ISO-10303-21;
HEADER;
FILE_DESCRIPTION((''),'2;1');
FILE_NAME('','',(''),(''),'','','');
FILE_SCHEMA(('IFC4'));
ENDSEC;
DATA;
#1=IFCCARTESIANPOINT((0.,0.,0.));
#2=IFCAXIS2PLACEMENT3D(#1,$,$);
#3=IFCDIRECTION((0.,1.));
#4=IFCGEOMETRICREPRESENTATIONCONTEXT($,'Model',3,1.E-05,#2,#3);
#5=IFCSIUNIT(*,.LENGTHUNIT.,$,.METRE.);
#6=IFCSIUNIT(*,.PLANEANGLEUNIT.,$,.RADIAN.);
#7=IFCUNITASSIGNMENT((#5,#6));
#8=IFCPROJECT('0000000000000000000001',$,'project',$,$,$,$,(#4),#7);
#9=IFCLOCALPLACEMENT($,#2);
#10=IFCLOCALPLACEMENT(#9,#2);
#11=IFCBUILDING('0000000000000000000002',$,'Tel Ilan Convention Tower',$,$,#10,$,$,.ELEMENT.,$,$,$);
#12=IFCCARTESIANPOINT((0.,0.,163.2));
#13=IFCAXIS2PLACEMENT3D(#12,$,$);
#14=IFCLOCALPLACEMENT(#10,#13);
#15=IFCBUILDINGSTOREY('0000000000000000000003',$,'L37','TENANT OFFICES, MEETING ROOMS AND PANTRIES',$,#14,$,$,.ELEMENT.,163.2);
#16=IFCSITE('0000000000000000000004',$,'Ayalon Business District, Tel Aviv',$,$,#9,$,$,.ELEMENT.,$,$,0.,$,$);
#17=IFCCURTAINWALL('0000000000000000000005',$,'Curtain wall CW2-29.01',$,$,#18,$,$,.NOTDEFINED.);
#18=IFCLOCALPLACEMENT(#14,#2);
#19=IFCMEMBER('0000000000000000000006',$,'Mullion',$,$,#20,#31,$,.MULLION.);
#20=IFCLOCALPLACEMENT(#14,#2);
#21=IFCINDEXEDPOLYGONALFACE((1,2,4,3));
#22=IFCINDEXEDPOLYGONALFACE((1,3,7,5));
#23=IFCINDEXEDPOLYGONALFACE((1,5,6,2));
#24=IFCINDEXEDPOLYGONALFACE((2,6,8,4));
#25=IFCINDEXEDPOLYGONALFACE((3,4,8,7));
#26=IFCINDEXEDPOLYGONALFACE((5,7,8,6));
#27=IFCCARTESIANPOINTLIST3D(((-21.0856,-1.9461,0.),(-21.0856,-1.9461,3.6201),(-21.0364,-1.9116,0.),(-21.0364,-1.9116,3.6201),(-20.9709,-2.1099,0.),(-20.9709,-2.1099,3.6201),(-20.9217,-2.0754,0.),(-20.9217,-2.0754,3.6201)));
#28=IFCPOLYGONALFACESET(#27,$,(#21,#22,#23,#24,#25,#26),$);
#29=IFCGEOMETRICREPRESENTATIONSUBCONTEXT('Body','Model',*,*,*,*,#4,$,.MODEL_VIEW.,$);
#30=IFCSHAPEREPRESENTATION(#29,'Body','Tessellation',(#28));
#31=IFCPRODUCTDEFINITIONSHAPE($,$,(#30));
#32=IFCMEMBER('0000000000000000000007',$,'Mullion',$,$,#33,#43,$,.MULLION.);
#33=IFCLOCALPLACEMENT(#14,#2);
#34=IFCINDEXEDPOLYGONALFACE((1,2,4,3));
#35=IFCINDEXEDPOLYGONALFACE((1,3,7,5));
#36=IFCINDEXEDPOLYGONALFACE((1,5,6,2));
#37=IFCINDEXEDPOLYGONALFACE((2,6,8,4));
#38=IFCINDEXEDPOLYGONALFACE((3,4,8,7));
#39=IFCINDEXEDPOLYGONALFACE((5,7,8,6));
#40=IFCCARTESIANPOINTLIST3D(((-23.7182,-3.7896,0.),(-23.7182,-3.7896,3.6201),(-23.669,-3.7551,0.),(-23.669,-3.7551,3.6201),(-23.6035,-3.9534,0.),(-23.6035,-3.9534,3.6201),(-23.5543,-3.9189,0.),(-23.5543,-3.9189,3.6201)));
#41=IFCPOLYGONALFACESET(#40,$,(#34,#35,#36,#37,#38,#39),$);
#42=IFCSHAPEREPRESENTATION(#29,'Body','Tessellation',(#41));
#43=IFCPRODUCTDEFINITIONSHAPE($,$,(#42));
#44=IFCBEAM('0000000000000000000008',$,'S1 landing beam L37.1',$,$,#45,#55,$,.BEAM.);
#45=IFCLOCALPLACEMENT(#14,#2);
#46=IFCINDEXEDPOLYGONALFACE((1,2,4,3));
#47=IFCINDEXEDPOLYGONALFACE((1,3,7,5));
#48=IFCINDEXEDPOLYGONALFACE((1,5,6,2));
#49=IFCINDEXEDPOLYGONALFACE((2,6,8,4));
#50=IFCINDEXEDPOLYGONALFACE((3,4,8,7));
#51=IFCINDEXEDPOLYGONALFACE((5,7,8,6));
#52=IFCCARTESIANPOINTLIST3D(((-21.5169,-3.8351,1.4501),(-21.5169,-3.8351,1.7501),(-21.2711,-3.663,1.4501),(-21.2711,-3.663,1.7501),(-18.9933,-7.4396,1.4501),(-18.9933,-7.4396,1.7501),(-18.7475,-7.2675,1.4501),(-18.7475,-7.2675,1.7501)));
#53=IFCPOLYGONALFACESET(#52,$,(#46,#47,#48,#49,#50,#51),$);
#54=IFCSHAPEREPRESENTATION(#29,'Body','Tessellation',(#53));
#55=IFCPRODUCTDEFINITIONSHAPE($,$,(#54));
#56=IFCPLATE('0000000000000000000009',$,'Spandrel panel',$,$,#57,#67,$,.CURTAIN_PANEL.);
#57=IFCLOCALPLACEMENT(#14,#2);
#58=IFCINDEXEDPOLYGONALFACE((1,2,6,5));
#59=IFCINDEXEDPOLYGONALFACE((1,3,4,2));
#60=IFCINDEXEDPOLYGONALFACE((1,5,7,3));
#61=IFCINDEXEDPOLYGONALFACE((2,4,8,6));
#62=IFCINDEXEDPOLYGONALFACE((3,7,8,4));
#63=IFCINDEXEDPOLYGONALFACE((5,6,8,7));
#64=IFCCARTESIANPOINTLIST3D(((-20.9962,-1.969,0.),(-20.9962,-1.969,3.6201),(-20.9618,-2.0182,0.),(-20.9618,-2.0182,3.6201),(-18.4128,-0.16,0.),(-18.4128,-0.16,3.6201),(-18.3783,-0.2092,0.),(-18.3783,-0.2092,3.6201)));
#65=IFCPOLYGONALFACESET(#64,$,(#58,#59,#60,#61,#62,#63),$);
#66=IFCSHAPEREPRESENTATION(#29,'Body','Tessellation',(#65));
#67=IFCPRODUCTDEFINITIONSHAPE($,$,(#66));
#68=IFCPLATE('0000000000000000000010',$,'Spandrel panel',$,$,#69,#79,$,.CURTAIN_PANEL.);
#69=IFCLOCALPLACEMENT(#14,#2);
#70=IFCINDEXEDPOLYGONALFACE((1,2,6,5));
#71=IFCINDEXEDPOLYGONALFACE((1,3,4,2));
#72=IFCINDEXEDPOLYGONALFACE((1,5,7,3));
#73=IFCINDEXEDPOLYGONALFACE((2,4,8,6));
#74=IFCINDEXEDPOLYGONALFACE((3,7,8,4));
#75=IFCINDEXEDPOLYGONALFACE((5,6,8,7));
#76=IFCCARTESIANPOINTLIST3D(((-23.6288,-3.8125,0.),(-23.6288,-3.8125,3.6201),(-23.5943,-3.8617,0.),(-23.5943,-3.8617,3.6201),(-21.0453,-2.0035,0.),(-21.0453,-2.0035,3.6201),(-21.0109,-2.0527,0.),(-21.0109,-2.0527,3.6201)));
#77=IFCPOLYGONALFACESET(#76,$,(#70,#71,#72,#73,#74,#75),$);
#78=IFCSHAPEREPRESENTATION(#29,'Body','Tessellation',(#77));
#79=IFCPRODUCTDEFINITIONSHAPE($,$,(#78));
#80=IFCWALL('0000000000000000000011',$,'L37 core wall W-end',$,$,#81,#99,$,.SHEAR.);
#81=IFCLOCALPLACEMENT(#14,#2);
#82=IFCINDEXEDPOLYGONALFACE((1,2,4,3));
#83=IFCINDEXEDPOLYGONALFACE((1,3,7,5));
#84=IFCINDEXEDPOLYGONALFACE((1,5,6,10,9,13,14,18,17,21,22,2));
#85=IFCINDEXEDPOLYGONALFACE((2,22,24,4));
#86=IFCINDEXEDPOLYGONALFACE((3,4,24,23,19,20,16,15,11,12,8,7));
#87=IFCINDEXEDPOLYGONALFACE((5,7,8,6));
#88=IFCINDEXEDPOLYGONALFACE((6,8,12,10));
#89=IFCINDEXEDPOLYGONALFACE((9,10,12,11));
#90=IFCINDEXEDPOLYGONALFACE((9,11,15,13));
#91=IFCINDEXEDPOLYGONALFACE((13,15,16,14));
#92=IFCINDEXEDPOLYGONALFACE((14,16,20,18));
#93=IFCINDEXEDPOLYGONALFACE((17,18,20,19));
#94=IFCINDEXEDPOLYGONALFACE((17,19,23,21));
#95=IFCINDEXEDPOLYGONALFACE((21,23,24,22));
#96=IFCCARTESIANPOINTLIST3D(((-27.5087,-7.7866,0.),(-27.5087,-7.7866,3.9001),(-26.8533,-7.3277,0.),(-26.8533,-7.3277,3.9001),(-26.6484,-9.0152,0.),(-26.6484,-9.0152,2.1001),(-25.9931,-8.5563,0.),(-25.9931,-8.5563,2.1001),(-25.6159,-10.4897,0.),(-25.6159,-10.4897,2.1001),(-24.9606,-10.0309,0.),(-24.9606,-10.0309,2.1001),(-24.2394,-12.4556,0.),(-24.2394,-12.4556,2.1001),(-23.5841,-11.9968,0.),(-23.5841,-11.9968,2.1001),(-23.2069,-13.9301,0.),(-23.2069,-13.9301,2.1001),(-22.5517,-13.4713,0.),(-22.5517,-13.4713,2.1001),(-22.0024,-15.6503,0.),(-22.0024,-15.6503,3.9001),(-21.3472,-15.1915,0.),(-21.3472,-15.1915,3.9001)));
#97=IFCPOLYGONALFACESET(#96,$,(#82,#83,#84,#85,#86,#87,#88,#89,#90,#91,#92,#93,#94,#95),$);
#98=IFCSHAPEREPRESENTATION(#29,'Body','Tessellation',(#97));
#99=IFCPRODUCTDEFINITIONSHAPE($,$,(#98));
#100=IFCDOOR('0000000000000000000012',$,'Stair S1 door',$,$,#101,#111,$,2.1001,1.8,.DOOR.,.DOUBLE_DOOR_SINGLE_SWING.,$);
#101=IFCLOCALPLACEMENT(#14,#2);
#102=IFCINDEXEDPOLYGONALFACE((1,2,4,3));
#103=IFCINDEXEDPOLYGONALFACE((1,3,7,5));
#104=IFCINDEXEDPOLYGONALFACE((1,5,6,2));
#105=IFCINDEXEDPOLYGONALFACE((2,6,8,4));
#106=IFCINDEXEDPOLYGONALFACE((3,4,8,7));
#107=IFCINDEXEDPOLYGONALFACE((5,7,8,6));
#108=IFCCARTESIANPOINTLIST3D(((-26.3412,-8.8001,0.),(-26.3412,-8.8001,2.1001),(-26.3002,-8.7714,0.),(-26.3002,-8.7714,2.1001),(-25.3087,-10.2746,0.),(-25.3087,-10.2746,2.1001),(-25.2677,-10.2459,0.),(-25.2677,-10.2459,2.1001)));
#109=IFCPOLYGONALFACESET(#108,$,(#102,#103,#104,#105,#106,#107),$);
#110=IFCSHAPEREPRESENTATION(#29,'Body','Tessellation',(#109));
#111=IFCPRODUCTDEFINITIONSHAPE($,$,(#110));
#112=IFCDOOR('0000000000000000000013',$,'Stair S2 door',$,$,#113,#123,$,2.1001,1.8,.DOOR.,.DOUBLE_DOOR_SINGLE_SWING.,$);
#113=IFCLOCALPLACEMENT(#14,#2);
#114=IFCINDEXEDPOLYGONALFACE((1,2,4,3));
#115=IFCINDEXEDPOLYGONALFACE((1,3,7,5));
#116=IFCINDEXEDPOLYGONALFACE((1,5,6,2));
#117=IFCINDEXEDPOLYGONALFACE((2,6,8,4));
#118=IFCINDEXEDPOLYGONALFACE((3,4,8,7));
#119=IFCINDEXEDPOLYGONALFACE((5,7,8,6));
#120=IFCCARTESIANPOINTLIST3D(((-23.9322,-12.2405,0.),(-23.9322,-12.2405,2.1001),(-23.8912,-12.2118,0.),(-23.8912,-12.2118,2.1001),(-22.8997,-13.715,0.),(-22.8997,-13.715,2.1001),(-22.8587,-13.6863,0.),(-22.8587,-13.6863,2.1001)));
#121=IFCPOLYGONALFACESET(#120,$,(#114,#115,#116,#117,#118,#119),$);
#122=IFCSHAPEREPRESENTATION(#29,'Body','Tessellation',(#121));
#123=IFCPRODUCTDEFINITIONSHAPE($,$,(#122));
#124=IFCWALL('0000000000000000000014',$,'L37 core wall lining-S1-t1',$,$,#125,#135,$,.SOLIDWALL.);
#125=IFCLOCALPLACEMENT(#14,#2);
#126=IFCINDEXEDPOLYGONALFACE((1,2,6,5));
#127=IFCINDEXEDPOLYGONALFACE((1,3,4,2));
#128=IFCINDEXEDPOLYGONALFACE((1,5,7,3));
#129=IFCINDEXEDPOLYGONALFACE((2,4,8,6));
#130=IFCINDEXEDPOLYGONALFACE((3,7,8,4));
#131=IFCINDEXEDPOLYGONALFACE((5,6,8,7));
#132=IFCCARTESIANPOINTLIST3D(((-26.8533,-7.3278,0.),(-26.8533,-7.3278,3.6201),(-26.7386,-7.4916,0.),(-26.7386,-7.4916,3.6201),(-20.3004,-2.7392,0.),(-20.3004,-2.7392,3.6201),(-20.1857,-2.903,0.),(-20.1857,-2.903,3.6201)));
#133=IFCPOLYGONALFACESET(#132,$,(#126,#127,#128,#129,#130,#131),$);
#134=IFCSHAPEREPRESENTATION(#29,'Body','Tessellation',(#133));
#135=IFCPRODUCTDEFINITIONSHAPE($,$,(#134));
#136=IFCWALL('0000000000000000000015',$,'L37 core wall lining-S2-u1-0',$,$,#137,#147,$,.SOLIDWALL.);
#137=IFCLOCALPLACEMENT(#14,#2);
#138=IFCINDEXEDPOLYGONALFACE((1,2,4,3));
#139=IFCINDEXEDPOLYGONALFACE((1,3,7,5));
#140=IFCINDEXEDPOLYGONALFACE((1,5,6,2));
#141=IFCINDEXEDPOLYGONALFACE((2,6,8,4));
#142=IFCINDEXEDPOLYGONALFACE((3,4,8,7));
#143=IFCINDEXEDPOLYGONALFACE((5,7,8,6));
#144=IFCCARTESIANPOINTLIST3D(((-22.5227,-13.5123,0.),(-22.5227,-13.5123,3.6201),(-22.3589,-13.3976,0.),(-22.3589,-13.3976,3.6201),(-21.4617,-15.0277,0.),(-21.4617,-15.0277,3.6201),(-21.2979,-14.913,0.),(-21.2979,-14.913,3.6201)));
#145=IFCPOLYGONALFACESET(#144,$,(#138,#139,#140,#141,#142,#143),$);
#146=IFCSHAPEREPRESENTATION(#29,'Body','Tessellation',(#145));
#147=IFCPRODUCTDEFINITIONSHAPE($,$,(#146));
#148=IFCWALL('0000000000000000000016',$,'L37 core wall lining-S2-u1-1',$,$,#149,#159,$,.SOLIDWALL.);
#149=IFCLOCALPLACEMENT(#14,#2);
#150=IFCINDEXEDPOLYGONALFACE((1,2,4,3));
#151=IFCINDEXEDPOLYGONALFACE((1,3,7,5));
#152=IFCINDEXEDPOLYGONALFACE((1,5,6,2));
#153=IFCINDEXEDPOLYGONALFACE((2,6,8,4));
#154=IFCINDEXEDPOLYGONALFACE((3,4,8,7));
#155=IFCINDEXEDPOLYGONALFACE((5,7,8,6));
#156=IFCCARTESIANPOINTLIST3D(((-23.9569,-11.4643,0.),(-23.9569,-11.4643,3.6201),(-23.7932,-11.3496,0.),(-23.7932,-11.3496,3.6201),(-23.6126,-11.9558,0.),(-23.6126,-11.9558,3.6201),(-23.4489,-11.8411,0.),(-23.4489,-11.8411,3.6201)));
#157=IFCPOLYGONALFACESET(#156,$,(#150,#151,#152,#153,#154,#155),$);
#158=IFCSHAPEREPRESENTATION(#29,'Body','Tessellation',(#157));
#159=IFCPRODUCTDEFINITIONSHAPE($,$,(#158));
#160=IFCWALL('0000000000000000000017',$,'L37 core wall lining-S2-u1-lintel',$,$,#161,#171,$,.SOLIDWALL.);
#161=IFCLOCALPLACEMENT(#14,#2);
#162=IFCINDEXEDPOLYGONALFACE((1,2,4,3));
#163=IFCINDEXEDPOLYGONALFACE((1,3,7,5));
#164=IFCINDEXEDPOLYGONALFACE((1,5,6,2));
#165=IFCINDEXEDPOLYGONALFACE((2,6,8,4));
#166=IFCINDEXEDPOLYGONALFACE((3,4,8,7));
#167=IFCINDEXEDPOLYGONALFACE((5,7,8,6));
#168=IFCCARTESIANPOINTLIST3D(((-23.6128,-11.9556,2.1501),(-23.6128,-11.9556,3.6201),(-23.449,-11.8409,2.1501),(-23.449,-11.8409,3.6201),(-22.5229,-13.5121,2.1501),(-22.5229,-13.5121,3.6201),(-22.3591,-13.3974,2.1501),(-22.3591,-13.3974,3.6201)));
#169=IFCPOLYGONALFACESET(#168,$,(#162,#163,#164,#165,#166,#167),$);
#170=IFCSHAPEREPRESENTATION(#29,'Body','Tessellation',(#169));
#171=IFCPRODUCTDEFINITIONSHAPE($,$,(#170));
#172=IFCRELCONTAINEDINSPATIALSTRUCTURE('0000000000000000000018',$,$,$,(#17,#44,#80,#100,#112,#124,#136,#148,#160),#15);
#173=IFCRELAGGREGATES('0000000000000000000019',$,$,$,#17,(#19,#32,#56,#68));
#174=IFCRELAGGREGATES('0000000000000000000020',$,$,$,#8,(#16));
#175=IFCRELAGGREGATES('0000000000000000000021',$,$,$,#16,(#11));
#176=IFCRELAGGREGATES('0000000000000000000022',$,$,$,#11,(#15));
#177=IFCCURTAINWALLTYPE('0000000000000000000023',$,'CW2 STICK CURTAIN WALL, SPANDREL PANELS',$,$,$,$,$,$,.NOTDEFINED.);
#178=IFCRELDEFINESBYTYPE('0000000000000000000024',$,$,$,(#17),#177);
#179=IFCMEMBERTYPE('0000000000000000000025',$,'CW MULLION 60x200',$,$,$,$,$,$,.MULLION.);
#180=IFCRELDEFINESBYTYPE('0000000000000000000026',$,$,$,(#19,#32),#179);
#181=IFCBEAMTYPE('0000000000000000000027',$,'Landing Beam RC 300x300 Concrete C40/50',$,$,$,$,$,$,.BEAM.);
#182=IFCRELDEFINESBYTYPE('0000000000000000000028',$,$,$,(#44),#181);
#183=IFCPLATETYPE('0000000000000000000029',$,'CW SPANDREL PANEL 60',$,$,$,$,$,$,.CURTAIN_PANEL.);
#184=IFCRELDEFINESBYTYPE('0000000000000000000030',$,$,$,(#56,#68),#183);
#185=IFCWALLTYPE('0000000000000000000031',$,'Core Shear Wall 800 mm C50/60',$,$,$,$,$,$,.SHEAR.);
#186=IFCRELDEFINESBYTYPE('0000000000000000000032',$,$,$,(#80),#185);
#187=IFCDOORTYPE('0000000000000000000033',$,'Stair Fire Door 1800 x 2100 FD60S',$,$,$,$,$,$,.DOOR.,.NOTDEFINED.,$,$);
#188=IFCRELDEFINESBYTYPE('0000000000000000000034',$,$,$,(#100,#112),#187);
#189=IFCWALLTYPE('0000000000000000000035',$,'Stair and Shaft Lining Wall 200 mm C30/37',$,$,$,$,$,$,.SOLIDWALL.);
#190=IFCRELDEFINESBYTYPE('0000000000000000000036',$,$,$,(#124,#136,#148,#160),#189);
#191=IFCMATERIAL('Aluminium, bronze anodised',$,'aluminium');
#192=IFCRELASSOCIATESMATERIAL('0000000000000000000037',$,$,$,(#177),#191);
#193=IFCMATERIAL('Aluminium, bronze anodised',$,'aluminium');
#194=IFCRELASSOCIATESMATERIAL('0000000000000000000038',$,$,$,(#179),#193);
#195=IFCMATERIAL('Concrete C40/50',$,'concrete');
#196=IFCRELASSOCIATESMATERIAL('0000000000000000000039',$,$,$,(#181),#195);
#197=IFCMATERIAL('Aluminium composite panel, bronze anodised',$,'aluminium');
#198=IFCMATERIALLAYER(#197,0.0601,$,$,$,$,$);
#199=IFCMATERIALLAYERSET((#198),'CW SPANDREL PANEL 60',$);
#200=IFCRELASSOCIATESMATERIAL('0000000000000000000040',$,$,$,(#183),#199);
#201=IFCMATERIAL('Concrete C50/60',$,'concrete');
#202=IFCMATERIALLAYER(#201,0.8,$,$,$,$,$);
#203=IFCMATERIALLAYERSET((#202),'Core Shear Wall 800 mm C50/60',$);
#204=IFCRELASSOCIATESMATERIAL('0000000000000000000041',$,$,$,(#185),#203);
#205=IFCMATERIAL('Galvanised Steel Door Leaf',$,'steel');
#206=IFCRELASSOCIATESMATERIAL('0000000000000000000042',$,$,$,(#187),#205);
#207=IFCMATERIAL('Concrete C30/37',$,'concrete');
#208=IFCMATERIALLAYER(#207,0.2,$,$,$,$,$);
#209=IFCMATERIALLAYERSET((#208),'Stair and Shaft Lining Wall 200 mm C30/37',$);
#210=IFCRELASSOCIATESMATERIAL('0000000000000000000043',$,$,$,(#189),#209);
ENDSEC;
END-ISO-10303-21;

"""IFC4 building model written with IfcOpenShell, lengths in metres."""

from ifc_helpers import new_model, si_unit, direction, frame, frame_2d, origin, origin_2d, place, context, subcontext, project, spatial, polyline, rectangle, outline, extrude, material, layer, layer_set, material_profile, profile_set, type_object, element, fill, aggregate, save


model = new_model("IFC4")

# Units and contexts
model_context = context("Model", 3, precision=1e-05, world=origin(), true_north=direction((0.0, 1.0)))
body_context = subcontext(model_context, "Body", "Model", "MODEL_VIEW")
ifc_project = project(units=[si_unit("LENGTHUNIT", "METRE"), si_unit("PLANEANGLEUNIT", "RADIAN")], contexts=[model_context])

# Site, building, storey
site_placement = place(None, origin())
site = spatial("IfcSite", under=ifc_project, at=site_placement, Name="Ayalon Business District, Tel Aviv", CompositionType="ELEMENT", RefElevation=0.0)
building_placement = place(site_placement, origin())
building = spatial("IfcBuilding", under=site, at=building_placement, Name="Tel Ilan Convention Tower", CompositionType="ELEMENT")
storey_placement = place(building_placement, frame((0.0, 0.0, 163.2)))
storey = spatial("IfcBuildingStorey", under=building, at=storey_placement, Name="L37", Description="TENANT OFFICES, MEETING ROOMS AND PANTRIES", CompositionType="ELEMENT", Elevation=163.2)

# Curtain wall, members
ifc_material_1 = material(Name="Aluminium, bronze anodised", Category="aluminium")
curtain_wall_type = type_object("IfcCurtainWallType", Name="CW2 STICK CURTAIN WALL, SPANDREL PANELS", PredefinedType="NOTDEFINED", material=ifc_material_1)
curtain_wall_placement = place(storey_placement, origin())
curtain_wall = element("IfcCurtainWall", 1, at=curtain_wall_placement, inside=storey, type_object=curtain_wall_type, Name="Curtain wall CW2-29.01", PredefinedType="NOTDEFINED")
ifc_material_2 = material(Name="Aluminium, bronze anodised", Category="aluminium")
ifc_material_profile_1 = material_profile(ifc_material_2, rectangle(XDim=0.0601, YDim=0.2, at=origin_2d()), Name="CW MULLION 60x200")
ifc_profile_set_1 = profile_set([ifc_material_profile_1], Name="Aluminium, bronze anodised")
member_type = type_object("IfcMemberType", Name="CW MULLION 60x200", PredefinedType="MULLION", material=ifc_profile_set_1)
member_1_placement = place(storey_placement, frame((-21.0037, -2.0107, 0.0), z_axis=(0.0, 0.0, 1.0), x_axis=(-0.819152, -0.573576, 0.0)))
member_1 = element("IfcMember", 2, at=member_1_placement, type_object=member_type, Name="Mullion", PredefinedType="MULLION", context=body_context, shape_type="SweptSolid", body=[
    extrude(rectangle(XDim=0.0601, YDim=0.2, at=origin_2d()), origin(), (0.0, 0.0, 1.0), 3.6201),
])
member_2_placement = place(storey_placement, frame((-23.6362, -3.8542, 0.0), z_axis=(0.0, 0.0, 1.0), x_axis=(-0.819152, -0.573576, 0.0)))
member_2 = element("IfcMember", 3, at=member_2_placement, type_object=member_type, Name="Mullion", PredefinedType="MULLION", context=body_context, shape_type="SweptSolid", body=[
    extrude(rectangle(XDim=0.0601, YDim=0.2, at=origin_2d()), origin(), (0.0, 0.0, 1.0), 3.6201),
])

# Beam
ifc_material_3 = material(Name="Concrete C40/50", Category="concrete")
ifc_material_profile_2 = material_profile(ifc_material_3, rectangle(XDim=0.3, YDim=0.3, at=origin_2d()), Name="RC 300x300")
ifc_profile_set_2 = profile_set([ifc_material_profile_2], Name="Concrete C40/50")
beam_type = type_object("IfcBeamType", Name="Landing Beam RC 300x300 Concrete C40/50", PredefinedType="BEAM", material=ifc_profile_set_2)
beam_placement = place(storey_placement, frame((-18.8704, -7.3535, 1.6001), z_axis=(-0.573544, 0.819175, 0.0), x_axis=(-0.819175, -0.573544, 0.0)))
element("IfcBeam", 4, at=beam_placement, inside=storey, type_object=beam_type, Name="S1 landing beam L37.1", PredefinedType="BEAM", context=body_context, shape_type="SweptSolid", body=[
    extrude(rectangle(XDim=0.3, YDim=0.3, at=origin_2d()), origin(), (0.0, 0.0, 1.0), 4.4001),
])

# Plates
ifc_material_4 = material(Name="Aluminium composite panel, bronze anodised", Category="aluminium")
ifc_layer_1 = layer(ifc_material_4, 0.0601)
ifc_layer_set_1 = layer_set([ifc_layer_1], Name="CW SPANDREL PANEL 60")
plate_type = type_object("IfcPlateType", Name="CW SPANDREL PANEL 60", PredefinedType="CURTAIN_PANEL", material=ifc_layer_set_1)
plate_1_placement = place(storey_placement, frame((-19.6873, -1.0891, 0.0), z_axis=(0.0, 0.0, 1.0), x_axis=(-0.819152, -0.573576, 0.0)))
plate_1 = element("IfcPlate", 5, at=plate_1_placement, type_object=plate_type, Name="Spandrel panel", PredefinedType="CURTAIN_PANEL", context=body_context, shape_type="SweptSolid", body=[
    extrude(rectangle(XDim=3.1538, YDim=0.0601, at=origin_2d()), origin(), (0.0, 0.0, 1.0), 3.6201),
])
plate_2_placement = place(storey_placement, frame((-22.3198, -2.9326, 0.0), z_axis=(0.0, 0.0, 1.0), x_axis=(-0.819152, -0.573576, 0.0)))
plate_2 = element("IfcPlate", 6, at=plate_2_placement, type_object=plate_type, Name="Spandrel panel", PredefinedType="CURTAIN_PANEL", context=body_context, shape_type="SweptSolid", body=[
    extrude(rectangle(XDim=3.1538, YDim=0.0601, at=origin_2d()), origin(), (0.0, 0.0, 1.0), 3.6201),
])
aggregate(curtain_wall, [member_1, member_2, plate_1, plate_2])

# Wall, openings, doors
ifc_material_5 = material(Name="Concrete C50/60", Category="concrete")
ifc_layer_2 = layer(ifc_material_5, 0.8)
ifc_layer_set_2 = layer_set([ifc_layer_2], Name="Core Shear Wall 800 mm C50/60")
wall_type_1 = type_object("IfcWallType", Name="Core Shear Wall 800 mm C50/60", PredefinedType="SHEAR", material=ifc_layer_set_2)
wall_1_placement = place(storey_placement, frame((-21.6748, -15.4209, 0.0), z_axis=(0.0, 0.0, 1.0), x_axis=(-0.573582, 0.819148, 0.0)))
wall_1 = element("IfcWall", 7, at=wall_1_placement, inside=storey, type_object=wall_type_1, Name="L37 core wall W-end", PredefinedType="SHEAR", context=body_context, shape_type="SweptSolid", body=[
    extrude(outline(polyline([(0.0, 0.3999), (0.0, -0.3999), (9.5999, -0.4001), (9.5999, 0.3999), (0.0, 0.3999)])), origin(), (0.0, 0.0, 1.0), 3.9001),
])
opening_1_placement = place(wall_1_placement, frame((6.3, 0.0, 0.0)))
opening_1 = element("IfcOpeningElement", 8, at=opening_1_placement, cuts=wall_1, PredefinedType="OPENING", context=body_context, shape_type="SweptSolid", body=[
    extrude(rectangle(XDim=1.8, YDim=2.1001, at=frame_2d((0.8999, 1.05))), frame((0.0, 0.4099, 0.0), z_axis=(0.0, -1.0, 0.0), x_axis=(1.0, 0.0, 0.0)), (0.0, 0.0, 1.0), 0.8201),
])
opening_2_placement = place(wall_1_placement, frame((2.1001, 0.0, 0.0)))
opening_2 = element("IfcOpeningElement", 9, at=opening_2_placement, cuts=wall_1, PredefinedType="OPENING", context=body_context, shape_type="SweptSolid", body=[
    extrude(rectangle(XDim=1.8, YDim=2.1001, at=frame_2d((0.8999, 1.05))), frame((0.0, 0.4099, 0.0), z_axis=(0.0, -1.0, 0.0), x_axis=(1.0, 0.0, 0.0)), (0.0, 0.0, 1.0), 0.8201),
])
ifc_material_6 = material(Name="Galvanised Steel Door Leaf", Category="steel")
door_type = type_object("IfcDoorType", Name="Stair Fire Door 1800 x 2100 FD60S", OperationType="NOTDEFINED", PredefinedType="DOOR", material=ifc_material_6)
door_1_placement = place(opening_1_placement, origin())
door_1 = element("IfcDoor", 10, at=door_1_placement, inside=storey, type_object=door_type, Name="Stair S1 door", OperationType="DOUBLE_DOOR_SINGLE_SWING", OverallHeight=2.1001, OverallWidth=1.8, PredefinedType="DOOR", context=body_context, shape_type="SweptSolid", body=[
    extrude(rectangle(XDim=1.8, YDim=2.1001, at=frame_2d((0.8999, 1.05))), frame((0.0, 0.0249, 0.0), z_axis=(0.0, -1.0, 0.0), x_axis=(1.0, 0.0, 0.0)), (0.0, 0.0, 1.0), 0.05),
])
fill(opening_1, door_1)
door_2_placement = place(opening_2_placement, origin())
door_2 = element("IfcDoor", 11, at=door_2_placement, inside=storey, type_object=door_type, Name="Stair S2 door", OperationType="DOUBLE_DOOR_SINGLE_SWING", OverallHeight=2.1001, OverallWidth=1.8, PredefinedType="DOOR", context=body_context, shape_type="SweptSolid", body=[
    extrude(rectangle(XDim=1.8, YDim=2.1001, at=frame_2d((0.8999, 1.05))), frame((0.0, 0.0249, 0.0), z_axis=(0.0, -1.0, 0.0), x_axis=(1.0, 0.0, 0.0)), (0.0, 0.0, 1.0), 0.05),
])
fill(opening_2, door_2)

# Walls
ifc_material_7 = material(Name="Concrete C30/37", Category="concrete")
ifc_layer_3 = layer(ifc_material_7, 0.2)
ifc_layer_set_3 = layer_set([ifc_layer_3], Name="Stair and Shaft Lining Wall 200 mm C30/37")
wall_type_2 = type_object("IfcWallType", Name="Stair and Shaft Lining Wall 200 mm C30/37", PredefinedType="SOLIDWALL", material=ifc_layer_set_3)
wall_2_placement = place(storey_placement, frame((-20.2429, -2.821, 0.0), z_axis=(0.0, 0.0, 1.0), x_axis=(-0.819142, -0.573591, 0.0)))
element("IfcWall", 12, at=wall_2_placement, inside=storey, type_object=wall_type_2, Name="L37 core wall lining-S1-t1", PredefinedType="SOLIDWALL", context=body_context, shape_type="SweptSolid", body=[
    extrude(rectangle(XDim=7.9998, YDim=0.2, at=frame_2d((4.0, 0.0))), origin(), (0.0, 0.0, 1.0), 3.6201),
])
wall_3_placement = place(storey_placement, frame((-21.3799, -14.9702, 0.0), z_axis=(0.0, 0.0, 1.0), x_axis=(-0.57356, 0.819164, 0.0)))
element("IfcWall", 13, at=wall_3_placement, inside=storey, type_object=wall_type_2, Name="L37 core wall lining-S2-u1-0", PredefinedType="SOLIDWALL", context=body_context, shape_type="SweptSolid", body=[
    extrude(rectangle(XDim=1.8499, YDim=0.2, at=frame_2d((0.9248, 0.0))), origin(), (0.0, 0.0, 1.0), 3.6201),
])
wall_4_placement = place(storey_placement, frame((-23.5308, -11.8984, 0.0), z_axis=(0.0, 0.0, 1.0), x_axis=(-0.573708, 0.81906, 0.0)))
element("IfcWall", 14, at=wall_4_placement, inside=storey, type_object=wall_type_2, Name="L37 core wall lining-S2-u1-1", PredefinedType="SOLIDWALL", context=body_context, shape_type="SweptSolid", body=[
    extrude(rectangle(XDim=0.6001, YDim=0.2, at=frame_2d((0.3, 0.0))), origin(), (0.0, 0.0, 1.0), 3.6201),
])
wall_5_placement = place(storey_placement, frame((-22.4409, -13.4548, 2.1501), z_axis=(0.0, 0.0, 1.0), x_axis=(-0.573592, 0.819141, 0.0)))
element("IfcWall", 15, at=wall_5_placement, inside=storey, type_object=wall_type_2, Name="L37 core wall lining-S2-u1-lintel", PredefinedType="SOLIDWALL", context=body_context, shape_type="SweptSolid", body=[
    extrude(rectangle(XDim=1.9001, YDim=0.2, at=frame_2d((0.9502, 0.0))), origin(), (0.0, 0.0, 1.0), 1.47),
])

save(model, "model.ifc")
